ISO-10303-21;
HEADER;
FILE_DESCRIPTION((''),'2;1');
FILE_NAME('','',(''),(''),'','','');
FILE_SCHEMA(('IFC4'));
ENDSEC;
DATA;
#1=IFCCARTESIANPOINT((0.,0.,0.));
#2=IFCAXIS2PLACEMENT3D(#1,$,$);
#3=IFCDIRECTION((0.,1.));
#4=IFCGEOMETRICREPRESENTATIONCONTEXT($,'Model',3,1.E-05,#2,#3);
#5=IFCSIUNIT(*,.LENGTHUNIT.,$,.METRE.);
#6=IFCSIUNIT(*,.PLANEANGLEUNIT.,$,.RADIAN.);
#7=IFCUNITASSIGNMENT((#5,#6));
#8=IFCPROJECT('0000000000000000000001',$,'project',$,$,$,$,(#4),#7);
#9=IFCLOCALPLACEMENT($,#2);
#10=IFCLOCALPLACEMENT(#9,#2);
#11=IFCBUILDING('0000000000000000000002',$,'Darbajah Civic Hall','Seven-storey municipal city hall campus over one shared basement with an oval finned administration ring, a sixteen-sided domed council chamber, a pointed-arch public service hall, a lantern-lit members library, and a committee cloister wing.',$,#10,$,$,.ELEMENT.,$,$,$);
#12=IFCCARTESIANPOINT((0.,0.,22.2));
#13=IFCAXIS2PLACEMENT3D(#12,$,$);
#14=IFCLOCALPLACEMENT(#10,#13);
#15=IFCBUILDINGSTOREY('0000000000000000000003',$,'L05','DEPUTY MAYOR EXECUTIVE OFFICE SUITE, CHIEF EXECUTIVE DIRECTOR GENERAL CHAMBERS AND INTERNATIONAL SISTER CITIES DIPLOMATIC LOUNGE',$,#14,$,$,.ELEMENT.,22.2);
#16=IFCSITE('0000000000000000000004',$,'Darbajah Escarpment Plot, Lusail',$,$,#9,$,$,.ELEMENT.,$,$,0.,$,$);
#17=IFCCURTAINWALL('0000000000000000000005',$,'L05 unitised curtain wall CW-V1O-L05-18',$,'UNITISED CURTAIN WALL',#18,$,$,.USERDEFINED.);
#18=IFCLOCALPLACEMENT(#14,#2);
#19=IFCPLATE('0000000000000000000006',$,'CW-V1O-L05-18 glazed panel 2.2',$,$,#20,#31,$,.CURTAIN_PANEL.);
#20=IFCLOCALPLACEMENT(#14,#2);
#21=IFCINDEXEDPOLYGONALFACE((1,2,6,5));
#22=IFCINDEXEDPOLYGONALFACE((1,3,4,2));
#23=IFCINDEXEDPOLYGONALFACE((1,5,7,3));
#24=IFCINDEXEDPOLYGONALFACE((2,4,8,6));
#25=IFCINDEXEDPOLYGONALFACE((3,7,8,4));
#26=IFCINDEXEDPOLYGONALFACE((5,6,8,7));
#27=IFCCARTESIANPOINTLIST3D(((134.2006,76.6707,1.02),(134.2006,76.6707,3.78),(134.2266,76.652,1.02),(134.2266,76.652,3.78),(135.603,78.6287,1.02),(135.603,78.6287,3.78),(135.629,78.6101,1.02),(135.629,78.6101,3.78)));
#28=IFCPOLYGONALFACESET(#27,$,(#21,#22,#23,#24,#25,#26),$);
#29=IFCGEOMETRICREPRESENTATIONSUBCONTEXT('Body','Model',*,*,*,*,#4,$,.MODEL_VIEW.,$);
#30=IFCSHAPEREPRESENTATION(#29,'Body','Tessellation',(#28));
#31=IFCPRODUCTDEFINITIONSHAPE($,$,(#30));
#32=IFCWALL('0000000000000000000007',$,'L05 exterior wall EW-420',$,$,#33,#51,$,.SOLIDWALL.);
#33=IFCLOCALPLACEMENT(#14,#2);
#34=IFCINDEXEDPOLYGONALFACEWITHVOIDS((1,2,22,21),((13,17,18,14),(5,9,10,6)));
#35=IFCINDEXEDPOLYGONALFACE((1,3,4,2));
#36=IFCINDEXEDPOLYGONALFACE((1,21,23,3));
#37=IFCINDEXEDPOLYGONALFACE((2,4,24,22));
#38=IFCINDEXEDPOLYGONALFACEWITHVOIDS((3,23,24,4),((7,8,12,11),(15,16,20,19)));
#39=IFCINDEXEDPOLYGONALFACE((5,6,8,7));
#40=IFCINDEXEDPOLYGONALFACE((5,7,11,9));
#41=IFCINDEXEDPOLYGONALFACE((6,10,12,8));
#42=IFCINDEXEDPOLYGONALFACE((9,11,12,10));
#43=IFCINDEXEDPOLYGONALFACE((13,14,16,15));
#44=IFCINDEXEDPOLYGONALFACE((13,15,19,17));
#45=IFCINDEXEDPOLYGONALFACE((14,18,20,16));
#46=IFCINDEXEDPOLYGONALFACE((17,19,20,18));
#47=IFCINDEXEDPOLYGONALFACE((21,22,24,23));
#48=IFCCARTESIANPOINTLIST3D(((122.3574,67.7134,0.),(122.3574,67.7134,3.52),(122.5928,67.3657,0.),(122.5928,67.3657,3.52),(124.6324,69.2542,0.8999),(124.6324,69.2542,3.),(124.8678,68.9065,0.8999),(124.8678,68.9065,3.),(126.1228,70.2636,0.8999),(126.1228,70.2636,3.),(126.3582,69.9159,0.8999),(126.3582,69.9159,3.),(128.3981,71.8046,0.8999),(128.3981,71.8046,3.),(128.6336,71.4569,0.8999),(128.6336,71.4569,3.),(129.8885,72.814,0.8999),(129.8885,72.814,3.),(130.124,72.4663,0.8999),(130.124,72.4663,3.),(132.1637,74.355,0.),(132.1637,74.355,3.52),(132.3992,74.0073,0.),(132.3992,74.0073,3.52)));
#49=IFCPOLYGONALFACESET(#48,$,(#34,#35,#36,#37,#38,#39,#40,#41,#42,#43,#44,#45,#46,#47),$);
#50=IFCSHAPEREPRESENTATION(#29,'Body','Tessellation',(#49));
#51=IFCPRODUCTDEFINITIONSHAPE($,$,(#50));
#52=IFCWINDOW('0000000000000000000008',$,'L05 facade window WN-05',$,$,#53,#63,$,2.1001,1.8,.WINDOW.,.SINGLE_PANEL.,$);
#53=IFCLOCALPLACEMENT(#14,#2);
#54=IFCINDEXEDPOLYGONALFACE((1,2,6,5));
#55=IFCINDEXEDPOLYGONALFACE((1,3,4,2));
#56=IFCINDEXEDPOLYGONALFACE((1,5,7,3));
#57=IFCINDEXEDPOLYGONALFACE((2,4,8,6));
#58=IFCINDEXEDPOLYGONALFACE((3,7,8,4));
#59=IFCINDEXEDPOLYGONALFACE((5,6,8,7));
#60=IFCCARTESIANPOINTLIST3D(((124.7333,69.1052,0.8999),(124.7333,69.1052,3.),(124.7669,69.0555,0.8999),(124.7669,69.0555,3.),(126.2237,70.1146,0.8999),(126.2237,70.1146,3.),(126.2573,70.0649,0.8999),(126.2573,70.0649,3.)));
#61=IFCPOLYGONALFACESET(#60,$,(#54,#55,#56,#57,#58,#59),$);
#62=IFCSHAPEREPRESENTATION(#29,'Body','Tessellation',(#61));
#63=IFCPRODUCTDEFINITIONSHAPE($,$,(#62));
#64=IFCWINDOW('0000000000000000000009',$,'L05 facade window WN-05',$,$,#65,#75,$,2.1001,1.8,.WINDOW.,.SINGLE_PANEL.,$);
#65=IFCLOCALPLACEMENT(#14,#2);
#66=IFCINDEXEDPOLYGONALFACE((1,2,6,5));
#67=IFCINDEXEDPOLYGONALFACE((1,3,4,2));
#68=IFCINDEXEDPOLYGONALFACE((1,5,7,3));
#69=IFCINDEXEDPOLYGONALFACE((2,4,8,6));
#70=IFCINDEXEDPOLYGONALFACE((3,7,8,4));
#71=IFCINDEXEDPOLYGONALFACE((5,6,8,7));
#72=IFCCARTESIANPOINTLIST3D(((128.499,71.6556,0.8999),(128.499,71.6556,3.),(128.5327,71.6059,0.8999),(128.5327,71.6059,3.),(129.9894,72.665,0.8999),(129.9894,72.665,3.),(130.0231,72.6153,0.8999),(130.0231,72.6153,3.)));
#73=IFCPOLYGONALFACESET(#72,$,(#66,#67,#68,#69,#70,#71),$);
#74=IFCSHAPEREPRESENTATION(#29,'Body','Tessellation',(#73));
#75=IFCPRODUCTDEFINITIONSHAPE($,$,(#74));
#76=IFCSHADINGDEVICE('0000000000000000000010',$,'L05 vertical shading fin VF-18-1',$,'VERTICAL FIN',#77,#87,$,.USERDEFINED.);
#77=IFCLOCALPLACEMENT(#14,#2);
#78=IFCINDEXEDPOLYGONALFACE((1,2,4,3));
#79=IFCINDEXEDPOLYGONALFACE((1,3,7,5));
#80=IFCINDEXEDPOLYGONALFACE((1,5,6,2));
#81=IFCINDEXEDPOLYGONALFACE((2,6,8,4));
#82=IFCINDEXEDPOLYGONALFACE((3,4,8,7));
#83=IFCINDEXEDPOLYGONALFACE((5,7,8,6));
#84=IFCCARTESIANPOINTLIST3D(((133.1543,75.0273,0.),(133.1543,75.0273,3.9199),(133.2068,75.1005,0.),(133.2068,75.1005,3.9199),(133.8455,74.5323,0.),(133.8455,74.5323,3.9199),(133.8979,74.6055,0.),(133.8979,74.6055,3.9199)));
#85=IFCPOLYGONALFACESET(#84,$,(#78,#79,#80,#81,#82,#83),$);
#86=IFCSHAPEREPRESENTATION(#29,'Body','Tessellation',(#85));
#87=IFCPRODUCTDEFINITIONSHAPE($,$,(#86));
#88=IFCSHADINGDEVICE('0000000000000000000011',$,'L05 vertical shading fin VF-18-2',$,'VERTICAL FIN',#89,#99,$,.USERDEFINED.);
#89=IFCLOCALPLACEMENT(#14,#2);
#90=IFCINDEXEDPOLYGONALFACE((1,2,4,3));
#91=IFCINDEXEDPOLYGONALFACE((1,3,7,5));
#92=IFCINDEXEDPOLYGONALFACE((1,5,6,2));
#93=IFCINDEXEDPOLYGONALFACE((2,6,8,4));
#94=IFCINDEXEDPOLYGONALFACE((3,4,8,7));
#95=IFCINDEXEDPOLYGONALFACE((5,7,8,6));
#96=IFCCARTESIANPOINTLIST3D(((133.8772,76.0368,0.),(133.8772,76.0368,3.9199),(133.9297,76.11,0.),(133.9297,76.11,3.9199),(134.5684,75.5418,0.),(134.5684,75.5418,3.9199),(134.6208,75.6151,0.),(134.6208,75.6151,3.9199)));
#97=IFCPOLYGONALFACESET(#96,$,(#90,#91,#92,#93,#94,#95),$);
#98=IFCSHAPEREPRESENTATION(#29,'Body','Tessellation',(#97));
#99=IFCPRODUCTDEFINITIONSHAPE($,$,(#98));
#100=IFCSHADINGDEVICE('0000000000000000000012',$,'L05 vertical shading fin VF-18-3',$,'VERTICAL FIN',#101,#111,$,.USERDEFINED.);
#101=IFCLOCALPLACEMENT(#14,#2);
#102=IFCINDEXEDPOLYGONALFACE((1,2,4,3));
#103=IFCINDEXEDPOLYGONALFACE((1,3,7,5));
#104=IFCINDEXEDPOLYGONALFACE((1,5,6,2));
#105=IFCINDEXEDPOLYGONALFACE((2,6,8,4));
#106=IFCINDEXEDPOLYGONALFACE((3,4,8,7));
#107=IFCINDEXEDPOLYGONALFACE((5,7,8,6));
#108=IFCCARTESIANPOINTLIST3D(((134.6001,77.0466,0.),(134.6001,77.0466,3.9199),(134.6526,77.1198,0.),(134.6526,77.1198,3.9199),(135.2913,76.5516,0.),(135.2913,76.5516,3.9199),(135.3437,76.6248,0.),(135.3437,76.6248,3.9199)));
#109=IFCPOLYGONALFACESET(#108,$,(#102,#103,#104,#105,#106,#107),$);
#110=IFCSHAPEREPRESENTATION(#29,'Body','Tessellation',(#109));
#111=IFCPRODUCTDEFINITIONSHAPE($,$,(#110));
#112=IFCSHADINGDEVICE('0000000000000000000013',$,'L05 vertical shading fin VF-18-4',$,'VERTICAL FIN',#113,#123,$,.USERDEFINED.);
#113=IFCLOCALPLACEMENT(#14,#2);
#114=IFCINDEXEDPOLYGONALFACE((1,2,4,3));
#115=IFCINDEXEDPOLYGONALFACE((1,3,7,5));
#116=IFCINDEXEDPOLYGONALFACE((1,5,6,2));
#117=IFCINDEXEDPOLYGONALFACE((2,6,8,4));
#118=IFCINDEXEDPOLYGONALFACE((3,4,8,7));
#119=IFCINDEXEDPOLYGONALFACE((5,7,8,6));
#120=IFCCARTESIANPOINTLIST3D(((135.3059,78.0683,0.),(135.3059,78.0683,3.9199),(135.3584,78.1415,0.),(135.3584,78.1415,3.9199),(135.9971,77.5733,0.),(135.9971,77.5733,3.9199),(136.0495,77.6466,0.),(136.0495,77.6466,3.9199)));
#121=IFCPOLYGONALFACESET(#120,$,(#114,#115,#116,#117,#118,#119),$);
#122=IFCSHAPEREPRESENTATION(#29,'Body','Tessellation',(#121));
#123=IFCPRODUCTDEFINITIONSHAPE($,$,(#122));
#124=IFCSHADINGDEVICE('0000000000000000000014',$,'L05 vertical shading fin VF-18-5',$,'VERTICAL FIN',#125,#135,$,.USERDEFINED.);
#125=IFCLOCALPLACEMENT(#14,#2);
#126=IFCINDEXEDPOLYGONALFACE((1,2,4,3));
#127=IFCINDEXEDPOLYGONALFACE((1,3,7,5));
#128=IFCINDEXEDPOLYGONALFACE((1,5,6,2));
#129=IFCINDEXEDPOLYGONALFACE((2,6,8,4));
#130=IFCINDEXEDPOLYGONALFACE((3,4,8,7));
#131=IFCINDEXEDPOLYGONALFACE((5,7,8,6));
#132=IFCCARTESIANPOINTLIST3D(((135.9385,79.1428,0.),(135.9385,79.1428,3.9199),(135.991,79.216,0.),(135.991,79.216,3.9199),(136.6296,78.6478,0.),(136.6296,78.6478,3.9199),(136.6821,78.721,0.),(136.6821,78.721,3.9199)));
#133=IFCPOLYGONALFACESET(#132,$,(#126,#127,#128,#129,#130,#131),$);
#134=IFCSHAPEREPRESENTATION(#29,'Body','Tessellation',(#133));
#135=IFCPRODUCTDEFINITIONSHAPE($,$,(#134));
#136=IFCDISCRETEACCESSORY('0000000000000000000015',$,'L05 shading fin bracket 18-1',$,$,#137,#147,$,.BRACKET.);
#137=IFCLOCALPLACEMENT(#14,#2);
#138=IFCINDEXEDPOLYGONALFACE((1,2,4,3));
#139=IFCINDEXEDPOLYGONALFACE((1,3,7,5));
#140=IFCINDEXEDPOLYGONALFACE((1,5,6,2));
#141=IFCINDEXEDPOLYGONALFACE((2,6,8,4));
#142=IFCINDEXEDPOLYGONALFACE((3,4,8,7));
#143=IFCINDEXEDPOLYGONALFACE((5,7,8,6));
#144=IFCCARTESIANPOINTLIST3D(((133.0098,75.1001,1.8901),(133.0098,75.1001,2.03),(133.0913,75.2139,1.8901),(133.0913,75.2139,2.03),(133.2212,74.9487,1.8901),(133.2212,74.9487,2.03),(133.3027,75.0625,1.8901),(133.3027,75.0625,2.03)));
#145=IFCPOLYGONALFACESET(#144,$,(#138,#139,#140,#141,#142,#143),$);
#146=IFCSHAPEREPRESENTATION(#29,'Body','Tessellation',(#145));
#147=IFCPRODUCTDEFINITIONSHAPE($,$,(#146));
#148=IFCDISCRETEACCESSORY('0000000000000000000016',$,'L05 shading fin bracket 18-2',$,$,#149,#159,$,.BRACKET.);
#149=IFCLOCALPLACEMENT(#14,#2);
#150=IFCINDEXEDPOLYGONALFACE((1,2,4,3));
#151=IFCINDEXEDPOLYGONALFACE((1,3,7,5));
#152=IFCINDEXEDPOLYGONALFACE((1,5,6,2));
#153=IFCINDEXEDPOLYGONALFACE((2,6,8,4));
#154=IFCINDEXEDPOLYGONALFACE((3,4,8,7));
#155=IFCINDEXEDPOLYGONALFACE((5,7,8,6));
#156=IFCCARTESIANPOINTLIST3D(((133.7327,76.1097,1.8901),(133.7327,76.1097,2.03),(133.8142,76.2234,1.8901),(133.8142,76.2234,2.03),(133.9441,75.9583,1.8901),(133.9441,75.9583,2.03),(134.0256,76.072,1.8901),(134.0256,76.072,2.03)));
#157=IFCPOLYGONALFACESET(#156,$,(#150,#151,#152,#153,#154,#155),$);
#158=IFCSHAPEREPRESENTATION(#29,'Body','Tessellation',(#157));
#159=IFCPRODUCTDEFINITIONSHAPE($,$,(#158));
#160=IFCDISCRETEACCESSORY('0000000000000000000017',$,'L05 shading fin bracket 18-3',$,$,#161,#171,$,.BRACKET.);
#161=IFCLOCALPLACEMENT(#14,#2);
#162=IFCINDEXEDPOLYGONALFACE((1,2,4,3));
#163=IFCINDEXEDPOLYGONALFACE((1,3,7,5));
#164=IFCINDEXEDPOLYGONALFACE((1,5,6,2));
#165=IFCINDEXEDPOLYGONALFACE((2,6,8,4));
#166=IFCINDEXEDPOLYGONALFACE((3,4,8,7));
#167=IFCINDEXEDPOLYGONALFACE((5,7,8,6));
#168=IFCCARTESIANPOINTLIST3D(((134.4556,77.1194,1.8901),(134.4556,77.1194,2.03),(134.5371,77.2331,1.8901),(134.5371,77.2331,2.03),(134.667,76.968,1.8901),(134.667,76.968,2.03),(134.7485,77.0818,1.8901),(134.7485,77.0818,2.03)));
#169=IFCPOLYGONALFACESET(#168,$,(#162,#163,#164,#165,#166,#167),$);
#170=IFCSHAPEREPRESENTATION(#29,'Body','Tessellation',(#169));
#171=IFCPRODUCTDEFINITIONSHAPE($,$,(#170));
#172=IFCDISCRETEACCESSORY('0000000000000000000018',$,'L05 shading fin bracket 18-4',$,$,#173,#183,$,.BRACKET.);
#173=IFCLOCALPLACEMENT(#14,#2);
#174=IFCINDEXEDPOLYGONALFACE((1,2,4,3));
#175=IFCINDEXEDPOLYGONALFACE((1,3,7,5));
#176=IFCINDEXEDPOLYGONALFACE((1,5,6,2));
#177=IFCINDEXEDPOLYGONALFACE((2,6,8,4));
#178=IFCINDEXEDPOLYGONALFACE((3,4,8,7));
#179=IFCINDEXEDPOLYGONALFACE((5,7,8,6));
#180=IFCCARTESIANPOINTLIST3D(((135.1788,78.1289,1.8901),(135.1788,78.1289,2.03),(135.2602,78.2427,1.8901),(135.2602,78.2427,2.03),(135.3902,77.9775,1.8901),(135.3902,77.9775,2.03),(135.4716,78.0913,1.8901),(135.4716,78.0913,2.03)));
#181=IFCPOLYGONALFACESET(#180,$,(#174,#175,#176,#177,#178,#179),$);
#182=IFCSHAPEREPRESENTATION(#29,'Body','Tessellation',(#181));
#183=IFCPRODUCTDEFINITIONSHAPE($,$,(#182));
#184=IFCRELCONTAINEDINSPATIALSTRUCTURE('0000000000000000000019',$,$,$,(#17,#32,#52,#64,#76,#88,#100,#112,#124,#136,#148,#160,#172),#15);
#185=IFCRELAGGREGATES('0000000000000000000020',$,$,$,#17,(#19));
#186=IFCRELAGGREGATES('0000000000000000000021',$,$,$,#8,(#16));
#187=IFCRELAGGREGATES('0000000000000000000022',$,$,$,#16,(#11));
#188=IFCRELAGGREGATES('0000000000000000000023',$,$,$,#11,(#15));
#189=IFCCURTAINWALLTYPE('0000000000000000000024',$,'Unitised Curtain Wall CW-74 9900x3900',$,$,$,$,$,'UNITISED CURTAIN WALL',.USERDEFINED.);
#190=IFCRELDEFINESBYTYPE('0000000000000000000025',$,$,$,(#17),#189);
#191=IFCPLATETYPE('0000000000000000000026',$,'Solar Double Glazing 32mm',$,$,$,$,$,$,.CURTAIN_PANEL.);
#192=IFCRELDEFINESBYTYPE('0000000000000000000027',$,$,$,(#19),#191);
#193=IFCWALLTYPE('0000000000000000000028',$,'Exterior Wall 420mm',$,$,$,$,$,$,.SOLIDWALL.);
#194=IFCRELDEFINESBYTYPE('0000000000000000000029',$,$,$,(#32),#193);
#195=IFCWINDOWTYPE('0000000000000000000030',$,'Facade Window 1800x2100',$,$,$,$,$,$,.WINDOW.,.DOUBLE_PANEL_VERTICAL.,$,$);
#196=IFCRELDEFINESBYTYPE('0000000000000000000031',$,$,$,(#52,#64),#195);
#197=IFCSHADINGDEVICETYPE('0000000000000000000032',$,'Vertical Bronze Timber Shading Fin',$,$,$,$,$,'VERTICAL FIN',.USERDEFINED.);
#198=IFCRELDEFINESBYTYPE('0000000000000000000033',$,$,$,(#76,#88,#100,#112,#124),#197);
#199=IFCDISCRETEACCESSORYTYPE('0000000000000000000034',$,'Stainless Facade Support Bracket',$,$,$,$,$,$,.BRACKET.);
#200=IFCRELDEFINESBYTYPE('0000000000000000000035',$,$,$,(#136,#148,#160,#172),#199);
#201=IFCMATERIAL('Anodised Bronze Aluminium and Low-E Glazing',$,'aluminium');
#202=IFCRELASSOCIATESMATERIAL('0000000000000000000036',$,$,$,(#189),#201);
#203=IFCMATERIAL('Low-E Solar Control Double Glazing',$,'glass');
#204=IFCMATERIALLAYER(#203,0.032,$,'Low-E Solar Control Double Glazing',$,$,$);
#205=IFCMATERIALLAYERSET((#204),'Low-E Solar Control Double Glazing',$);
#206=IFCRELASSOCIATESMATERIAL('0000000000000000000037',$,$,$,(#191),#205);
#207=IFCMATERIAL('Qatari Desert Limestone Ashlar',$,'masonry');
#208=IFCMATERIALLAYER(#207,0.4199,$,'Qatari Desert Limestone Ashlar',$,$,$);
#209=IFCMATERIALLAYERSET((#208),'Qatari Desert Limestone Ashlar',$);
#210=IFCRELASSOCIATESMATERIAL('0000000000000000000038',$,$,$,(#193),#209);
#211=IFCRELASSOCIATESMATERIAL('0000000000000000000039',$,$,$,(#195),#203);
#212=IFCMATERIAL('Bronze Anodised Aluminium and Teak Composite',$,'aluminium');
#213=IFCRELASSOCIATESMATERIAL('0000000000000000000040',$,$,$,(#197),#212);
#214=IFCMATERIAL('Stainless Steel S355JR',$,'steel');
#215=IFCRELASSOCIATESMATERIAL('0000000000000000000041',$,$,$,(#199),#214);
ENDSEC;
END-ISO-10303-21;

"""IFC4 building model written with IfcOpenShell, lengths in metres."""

from ifc_helpers import new_model, si_unit, direction, frame, frame_2d, origin, origin_2d, place, context, subcontext, project, spatial, rectangle, extrude, material, layer, layer_set, type_object, element, fill, aggregate, save


model = new_model("IFC4")

# Units and contexts
model_context = context("Model", 3, precision=1e-05, world=origin(), true_north=direction((0.0, 1.0)))
body_context = subcontext(model_context, "Body", "Model", "MODEL_VIEW")
ifc_project = project(units=[si_unit("LENGTHUNIT", "METRE"), si_unit("PLANEANGLEUNIT", "RADIAN")], contexts=[model_context])

# Site, building, storey
site_placement = place(None, origin())
site = spatial("IfcSite", under=ifc_project, at=site_placement, Name="Darbajah Escarpment Plot, Lusail", CompositionType="ELEMENT", RefElevation=0.0)
building_placement = place(site_placement, origin())
building = spatial("IfcBuilding", under=site, at=building_placement, Name="Darbajah Civic Hall", Description="Seven-storey municipal city hall campus over one shared basement with an oval finned administration ring, a sixteen-sided domed council chamber, a pointed-arch public service hall, a lantern-lit members library, and a committee cloister wing.", CompositionType="ELEMENT")
storey_placement = place(building_placement, frame((0.0, 0.0, 22.2)))
storey = spatial("IfcBuildingStorey", under=building, at=storey_placement, Name="L05", Description="DEPUTY MAYOR EXECUTIVE OFFICE SUITE, CHIEF EXECUTIVE DIRECTOR GENERAL CHAMBERS AND INTERNATIONAL SISTER CITIES DIPLOMATIC LOUNGE", CompositionType="ELEMENT", Elevation=22.2)

# Shared definitions
ifc_material_1 = material(Name="Anodised Bronze Aluminium and Low-E Glazing", Category="aluminium")

# Curtain wall
curtain_wall_type_1 = type_object("IfcCurtainWallType", Name="Unitised Curtain Wall CW-74 9900x3900", ElementType="UNITISED CURTAIN WALL", PredefinedType="USERDEFINED", material=ifc_material_1)
curtain_wall_1_placement = place(storey_placement, origin())
curtain_wall_1 = element("IfcCurtainWall", 1, at=curtain_wall_1_placement, inside=storey, type_object=curtain_wall_type_1, Name="L05 unitised curtain wall CW-V1O-L05-18", ObjectType="UNITISED CURTAIN WALL", PredefinedType="USERDEFINED")

# Plate
ifc_material_2 = material(Name="Low-E Solar Control Double Glazing", Category="glass")
ifc_layer_1 = layer(ifc_material_2, 0.032, Name="Low-E Solar Control Double Glazing")
ifc_layer_set_1 = layer_set([ifc_layer_1], Name="Low-E Solar Control Double Glazing")
plate_type = type_object("IfcPlateType", Name="Solar Double Glazing 32mm", PredefinedType="CURTAIN_PANEL", material=ifc_layer_set_1)
plate_1_placement = place(storey_placement, frame((134.9148, 77.6404, 1.02), z_axis=(0.0, 0.0, 1.0), x_axis=(0.582265, 0.812999, 0.0)))
plate_1 = element("IfcPlate", 2, at=plate_1_placement, type_object=plate_type, Name="CW-V1O-L05-18 glazed panel 2.2", PredefinedType="CURTAIN_PANEL", context=body_context, shape_type="SweptSolid", body=[
    extrude(rectangle(XDim=2.4084, YDim=0.032, at=origin_2d()), origin(), (0.0, 0.0, 1.0), 2.76),
])
aggregate(curtain_wall_1, [plate_1])

# Wall, openings, windows
ifc_material_3 = material(Name="Qatari Desert Limestone Ashlar", Category="masonry")
ifc_layer_2 = layer(ifc_material_3, 0.4199, Name="Qatari Desert Limestone Ashlar")
ifc_layer_set_2 = layer_set([ifc_layer_2], Name="Qatari Desert Limestone Ashlar")
wall_type = type_object("IfcWallType", Name="Exterior Wall 420mm", PredefinedType="SOLIDWALL", material=ifc_layer_set_2)
wall_placement = place(storey_placement, frame((122.4751, 67.5396, 0.0), z_axis=(0.0, 0.0, 1.0), x_axis=(0.827975, 0.560765, 0.0)))
wall = element("IfcWall", 3, at=wall_placement, inside=storey, type_object=wall_type, Name="L05 exterior wall EW-420", PredefinedType="SOLIDWALL", context=body_context, shape_type="SweptSolid", body=[
    extrude(rectangle(XDim=11.8438, YDim=0.4199, at=frame_2d((5.9219, 0.0))), origin(), (0.0, 0.0, 1.0), 3.52),
])
opening_1_placement = place(wall_placement, frame((2.7478, 0.0, 0.8999)))
opening_1 = element("IfcOpeningElement", 4, at=opening_1_placement, cuts=wall, PredefinedType="OPENING", context=body_context, shape_type="SweptSolid", body=[
    extrude(rectangle(XDim=1.8, YDim=2.1001, at=frame_2d((0.8999, 1.05))), frame((0.0, 0.22, 0.0), z_axis=(0.0, -1.0, 0.0), x_axis=(1.0, 0.0, 0.0)), (0.0, 0.0, 1.0), 0.4399),
])
opening_2_placement = place(wall_placement, frame((7.2959, 0.0, 0.8999)))
opening_2 = element("IfcOpeningElement", 5, at=opening_2_placement, cuts=wall, PredefinedType="OPENING", context=body_context, shape_type="SweptSolid", body=[
    extrude(rectangle(XDim=1.8, YDim=2.1001, at=frame_2d((0.8999, 1.05))), frame((0.0, 0.22, 0.0), z_axis=(0.0, -1.0, 0.0), x_axis=(1.0, 0.0, 0.0)), (0.0, 0.0, 1.0), 0.4399),
])
window_type = type_object("IfcWindowType", Name="Facade Window 1800x2100", PartitioningType="DOUBLE_PANEL_VERTICAL", PredefinedType="WINDOW", material=ifc_material_2)
window_1_placement = place(opening_1_placement, origin())
window_1 = element("IfcWindow", 6, at=window_1_placement, inside=storey, type_object=window_type, Name="L05 facade window WN-05", OverallHeight=2.1001, OverallWidth=1.8, PartitioningType="SINGLE_PANEL", PredefinedType="WINDOW", context=body_context, shape_type="SweptSolid", body=[
    extrude(rectangle(XDim=1.8, YDim=2.1001, at=frame_2d((0.8999, 1.05))), frame((0.0, 0.03, 0.0), z_axis=(0.0, -1.0, 0.0), x_axis=(1.0, 0.0, 0.0)), (0.0, 0.0, 1.0), 0.0601),
])
fill(opening_1, window_1)
window_2_placement = place(opening_2_placement, origin())
window_2 = element("IfcWindow", 7, at=window_2_placement, inside=storey, type_object=window_type, Name="L05 facade window WN-05", OverallHeight=2.1001, OverallWidth=1.8, PartitioningType="SINGLE_PANEL", PredefinedType="WINDOW", context=body_context, shape_type="SweptSolid", body=[
    extrude(rectangle(XDim=1.8, YDim=2.1001, at=frame_2d((0.8999, 1.05))), frame((0.0, 0.03, 0.0), z_axis=(0.0, -1.0, 0.0), x_axis=(1.0, 0.0, 0.0)), (0.0, 0.0, 1.0), 0.0601),
])
fill(opening_2, window_2)

# Shading devices
ifc_material_4 = material(Name="Bronze Anodised Aluminium and Teak Composite", Category="aluminium")
shading_device_type = type_object("IfcShadingDeviceType", Name="Vertical Bronze Timber Shading Fin", ElementType="VERTICAL FIN", PredefinedType="USERDEFINED", material=ifc_material_4)
for number, where, z_axis, x_axis, name in (
    (8, (133.5261, 74.8164, 0.0), (0.0, 0.0, 1.0), (0.812999, -0.582265, 0.0), "L05 vertical shading fin VF-18-1"),
    (9, (134.249, 75.8259, 0.0), (0.0, 0.0, 1.0), (0.812999, -0.582265, 0.0), "L05 vertical shading fin VF-18-2"),
    (10, (134.9719, 76.8357, 0.0), (0.0, 0.0, 1.0), (0.812999, -0.582265, 0.0), "L05 vertical shading fin VF-18-3"),
    (11, (135.6777, 77.8574, 0.0), (0.0, 0.0, 1.0), (0.812999, -0.582265, 0.0), "L05 vertical shading fin VF-18-4"),
    (12, (136.3103, 78.9319, 0.0), (0.0, 0.0, 1.0), (0.812999, -0.582265, 0.0), "L05 vertical shading fin VF-18-5"),
):
    element("IfcShadingDevice", number, at=place(storey_placement, frame(where, z_axis=z_axis, x_axis=x_axis)), inside=storey, type_object=shading_device_type, Name=name, ObjectType="VERTICAL FIN", PredefinedType="USERDEFINED", context=body_context, shape_type="SweptSolid", body=[
        extrude(rectangle(XDim=0.8501, YDim=0.0901, at=origin_2d()), origin(), (0.0, 0.0, 1.0), 3.9199),
    ])

# Discrete accessories
ifc_material_5 = material(Name="Stainless Steel S355JR", Category="steel")
discrete_accessory_type = type_object("IfcDiscreteAccessoryType", Name="Stainless Facade Support Bracket", PredefinedType="BRACKET", material=ifc_material_5)
for number, where, z_axis, x_axis, name in (
    (13, (133.1562, 75.0813, 1.8901), (0.0, 0.0, 1.0), (0.812999, -0.582265, 0.0), "L05 shading fin bracket 18-1"),
    (14, (133.8792, 76.0908, 1.8901), (0.0, 0.0, 1.0), (0.812999, -0.582265, 0.0), "L05 shading fin bracket 18-2"),
    (15, (134.6021, 77.1006, 1.8901), (0.0, 0.0, 1.0), (0.812999, -0.582265, 0.0), "L05 shading fin bracket 18-3"),
    (16, (135.3252, 78.1101, 1.8901), (0.0, 0.0, 1.0), (0.812999, -0.582265, 0.0), "L05 shading fin bracket 18-4"),
):
    element("IfcDiscreteAccessory", number, at=place(storey_placement, frame(where, z_axis=z_axis, x_axis=x_axis)), inside=storey, type_object=discrete_accessory_type, Name=name, PredefinedType="BRACKET", context=body_context, shape_type="SweptSolid", body=[
        extrude(rectangle(XDim=0.26, YDim=0.1399, at=origin_2d()), origin(), (0.0, 0.0, 1.0), 0.1399),
    ])

save(model, "model.ifc")
